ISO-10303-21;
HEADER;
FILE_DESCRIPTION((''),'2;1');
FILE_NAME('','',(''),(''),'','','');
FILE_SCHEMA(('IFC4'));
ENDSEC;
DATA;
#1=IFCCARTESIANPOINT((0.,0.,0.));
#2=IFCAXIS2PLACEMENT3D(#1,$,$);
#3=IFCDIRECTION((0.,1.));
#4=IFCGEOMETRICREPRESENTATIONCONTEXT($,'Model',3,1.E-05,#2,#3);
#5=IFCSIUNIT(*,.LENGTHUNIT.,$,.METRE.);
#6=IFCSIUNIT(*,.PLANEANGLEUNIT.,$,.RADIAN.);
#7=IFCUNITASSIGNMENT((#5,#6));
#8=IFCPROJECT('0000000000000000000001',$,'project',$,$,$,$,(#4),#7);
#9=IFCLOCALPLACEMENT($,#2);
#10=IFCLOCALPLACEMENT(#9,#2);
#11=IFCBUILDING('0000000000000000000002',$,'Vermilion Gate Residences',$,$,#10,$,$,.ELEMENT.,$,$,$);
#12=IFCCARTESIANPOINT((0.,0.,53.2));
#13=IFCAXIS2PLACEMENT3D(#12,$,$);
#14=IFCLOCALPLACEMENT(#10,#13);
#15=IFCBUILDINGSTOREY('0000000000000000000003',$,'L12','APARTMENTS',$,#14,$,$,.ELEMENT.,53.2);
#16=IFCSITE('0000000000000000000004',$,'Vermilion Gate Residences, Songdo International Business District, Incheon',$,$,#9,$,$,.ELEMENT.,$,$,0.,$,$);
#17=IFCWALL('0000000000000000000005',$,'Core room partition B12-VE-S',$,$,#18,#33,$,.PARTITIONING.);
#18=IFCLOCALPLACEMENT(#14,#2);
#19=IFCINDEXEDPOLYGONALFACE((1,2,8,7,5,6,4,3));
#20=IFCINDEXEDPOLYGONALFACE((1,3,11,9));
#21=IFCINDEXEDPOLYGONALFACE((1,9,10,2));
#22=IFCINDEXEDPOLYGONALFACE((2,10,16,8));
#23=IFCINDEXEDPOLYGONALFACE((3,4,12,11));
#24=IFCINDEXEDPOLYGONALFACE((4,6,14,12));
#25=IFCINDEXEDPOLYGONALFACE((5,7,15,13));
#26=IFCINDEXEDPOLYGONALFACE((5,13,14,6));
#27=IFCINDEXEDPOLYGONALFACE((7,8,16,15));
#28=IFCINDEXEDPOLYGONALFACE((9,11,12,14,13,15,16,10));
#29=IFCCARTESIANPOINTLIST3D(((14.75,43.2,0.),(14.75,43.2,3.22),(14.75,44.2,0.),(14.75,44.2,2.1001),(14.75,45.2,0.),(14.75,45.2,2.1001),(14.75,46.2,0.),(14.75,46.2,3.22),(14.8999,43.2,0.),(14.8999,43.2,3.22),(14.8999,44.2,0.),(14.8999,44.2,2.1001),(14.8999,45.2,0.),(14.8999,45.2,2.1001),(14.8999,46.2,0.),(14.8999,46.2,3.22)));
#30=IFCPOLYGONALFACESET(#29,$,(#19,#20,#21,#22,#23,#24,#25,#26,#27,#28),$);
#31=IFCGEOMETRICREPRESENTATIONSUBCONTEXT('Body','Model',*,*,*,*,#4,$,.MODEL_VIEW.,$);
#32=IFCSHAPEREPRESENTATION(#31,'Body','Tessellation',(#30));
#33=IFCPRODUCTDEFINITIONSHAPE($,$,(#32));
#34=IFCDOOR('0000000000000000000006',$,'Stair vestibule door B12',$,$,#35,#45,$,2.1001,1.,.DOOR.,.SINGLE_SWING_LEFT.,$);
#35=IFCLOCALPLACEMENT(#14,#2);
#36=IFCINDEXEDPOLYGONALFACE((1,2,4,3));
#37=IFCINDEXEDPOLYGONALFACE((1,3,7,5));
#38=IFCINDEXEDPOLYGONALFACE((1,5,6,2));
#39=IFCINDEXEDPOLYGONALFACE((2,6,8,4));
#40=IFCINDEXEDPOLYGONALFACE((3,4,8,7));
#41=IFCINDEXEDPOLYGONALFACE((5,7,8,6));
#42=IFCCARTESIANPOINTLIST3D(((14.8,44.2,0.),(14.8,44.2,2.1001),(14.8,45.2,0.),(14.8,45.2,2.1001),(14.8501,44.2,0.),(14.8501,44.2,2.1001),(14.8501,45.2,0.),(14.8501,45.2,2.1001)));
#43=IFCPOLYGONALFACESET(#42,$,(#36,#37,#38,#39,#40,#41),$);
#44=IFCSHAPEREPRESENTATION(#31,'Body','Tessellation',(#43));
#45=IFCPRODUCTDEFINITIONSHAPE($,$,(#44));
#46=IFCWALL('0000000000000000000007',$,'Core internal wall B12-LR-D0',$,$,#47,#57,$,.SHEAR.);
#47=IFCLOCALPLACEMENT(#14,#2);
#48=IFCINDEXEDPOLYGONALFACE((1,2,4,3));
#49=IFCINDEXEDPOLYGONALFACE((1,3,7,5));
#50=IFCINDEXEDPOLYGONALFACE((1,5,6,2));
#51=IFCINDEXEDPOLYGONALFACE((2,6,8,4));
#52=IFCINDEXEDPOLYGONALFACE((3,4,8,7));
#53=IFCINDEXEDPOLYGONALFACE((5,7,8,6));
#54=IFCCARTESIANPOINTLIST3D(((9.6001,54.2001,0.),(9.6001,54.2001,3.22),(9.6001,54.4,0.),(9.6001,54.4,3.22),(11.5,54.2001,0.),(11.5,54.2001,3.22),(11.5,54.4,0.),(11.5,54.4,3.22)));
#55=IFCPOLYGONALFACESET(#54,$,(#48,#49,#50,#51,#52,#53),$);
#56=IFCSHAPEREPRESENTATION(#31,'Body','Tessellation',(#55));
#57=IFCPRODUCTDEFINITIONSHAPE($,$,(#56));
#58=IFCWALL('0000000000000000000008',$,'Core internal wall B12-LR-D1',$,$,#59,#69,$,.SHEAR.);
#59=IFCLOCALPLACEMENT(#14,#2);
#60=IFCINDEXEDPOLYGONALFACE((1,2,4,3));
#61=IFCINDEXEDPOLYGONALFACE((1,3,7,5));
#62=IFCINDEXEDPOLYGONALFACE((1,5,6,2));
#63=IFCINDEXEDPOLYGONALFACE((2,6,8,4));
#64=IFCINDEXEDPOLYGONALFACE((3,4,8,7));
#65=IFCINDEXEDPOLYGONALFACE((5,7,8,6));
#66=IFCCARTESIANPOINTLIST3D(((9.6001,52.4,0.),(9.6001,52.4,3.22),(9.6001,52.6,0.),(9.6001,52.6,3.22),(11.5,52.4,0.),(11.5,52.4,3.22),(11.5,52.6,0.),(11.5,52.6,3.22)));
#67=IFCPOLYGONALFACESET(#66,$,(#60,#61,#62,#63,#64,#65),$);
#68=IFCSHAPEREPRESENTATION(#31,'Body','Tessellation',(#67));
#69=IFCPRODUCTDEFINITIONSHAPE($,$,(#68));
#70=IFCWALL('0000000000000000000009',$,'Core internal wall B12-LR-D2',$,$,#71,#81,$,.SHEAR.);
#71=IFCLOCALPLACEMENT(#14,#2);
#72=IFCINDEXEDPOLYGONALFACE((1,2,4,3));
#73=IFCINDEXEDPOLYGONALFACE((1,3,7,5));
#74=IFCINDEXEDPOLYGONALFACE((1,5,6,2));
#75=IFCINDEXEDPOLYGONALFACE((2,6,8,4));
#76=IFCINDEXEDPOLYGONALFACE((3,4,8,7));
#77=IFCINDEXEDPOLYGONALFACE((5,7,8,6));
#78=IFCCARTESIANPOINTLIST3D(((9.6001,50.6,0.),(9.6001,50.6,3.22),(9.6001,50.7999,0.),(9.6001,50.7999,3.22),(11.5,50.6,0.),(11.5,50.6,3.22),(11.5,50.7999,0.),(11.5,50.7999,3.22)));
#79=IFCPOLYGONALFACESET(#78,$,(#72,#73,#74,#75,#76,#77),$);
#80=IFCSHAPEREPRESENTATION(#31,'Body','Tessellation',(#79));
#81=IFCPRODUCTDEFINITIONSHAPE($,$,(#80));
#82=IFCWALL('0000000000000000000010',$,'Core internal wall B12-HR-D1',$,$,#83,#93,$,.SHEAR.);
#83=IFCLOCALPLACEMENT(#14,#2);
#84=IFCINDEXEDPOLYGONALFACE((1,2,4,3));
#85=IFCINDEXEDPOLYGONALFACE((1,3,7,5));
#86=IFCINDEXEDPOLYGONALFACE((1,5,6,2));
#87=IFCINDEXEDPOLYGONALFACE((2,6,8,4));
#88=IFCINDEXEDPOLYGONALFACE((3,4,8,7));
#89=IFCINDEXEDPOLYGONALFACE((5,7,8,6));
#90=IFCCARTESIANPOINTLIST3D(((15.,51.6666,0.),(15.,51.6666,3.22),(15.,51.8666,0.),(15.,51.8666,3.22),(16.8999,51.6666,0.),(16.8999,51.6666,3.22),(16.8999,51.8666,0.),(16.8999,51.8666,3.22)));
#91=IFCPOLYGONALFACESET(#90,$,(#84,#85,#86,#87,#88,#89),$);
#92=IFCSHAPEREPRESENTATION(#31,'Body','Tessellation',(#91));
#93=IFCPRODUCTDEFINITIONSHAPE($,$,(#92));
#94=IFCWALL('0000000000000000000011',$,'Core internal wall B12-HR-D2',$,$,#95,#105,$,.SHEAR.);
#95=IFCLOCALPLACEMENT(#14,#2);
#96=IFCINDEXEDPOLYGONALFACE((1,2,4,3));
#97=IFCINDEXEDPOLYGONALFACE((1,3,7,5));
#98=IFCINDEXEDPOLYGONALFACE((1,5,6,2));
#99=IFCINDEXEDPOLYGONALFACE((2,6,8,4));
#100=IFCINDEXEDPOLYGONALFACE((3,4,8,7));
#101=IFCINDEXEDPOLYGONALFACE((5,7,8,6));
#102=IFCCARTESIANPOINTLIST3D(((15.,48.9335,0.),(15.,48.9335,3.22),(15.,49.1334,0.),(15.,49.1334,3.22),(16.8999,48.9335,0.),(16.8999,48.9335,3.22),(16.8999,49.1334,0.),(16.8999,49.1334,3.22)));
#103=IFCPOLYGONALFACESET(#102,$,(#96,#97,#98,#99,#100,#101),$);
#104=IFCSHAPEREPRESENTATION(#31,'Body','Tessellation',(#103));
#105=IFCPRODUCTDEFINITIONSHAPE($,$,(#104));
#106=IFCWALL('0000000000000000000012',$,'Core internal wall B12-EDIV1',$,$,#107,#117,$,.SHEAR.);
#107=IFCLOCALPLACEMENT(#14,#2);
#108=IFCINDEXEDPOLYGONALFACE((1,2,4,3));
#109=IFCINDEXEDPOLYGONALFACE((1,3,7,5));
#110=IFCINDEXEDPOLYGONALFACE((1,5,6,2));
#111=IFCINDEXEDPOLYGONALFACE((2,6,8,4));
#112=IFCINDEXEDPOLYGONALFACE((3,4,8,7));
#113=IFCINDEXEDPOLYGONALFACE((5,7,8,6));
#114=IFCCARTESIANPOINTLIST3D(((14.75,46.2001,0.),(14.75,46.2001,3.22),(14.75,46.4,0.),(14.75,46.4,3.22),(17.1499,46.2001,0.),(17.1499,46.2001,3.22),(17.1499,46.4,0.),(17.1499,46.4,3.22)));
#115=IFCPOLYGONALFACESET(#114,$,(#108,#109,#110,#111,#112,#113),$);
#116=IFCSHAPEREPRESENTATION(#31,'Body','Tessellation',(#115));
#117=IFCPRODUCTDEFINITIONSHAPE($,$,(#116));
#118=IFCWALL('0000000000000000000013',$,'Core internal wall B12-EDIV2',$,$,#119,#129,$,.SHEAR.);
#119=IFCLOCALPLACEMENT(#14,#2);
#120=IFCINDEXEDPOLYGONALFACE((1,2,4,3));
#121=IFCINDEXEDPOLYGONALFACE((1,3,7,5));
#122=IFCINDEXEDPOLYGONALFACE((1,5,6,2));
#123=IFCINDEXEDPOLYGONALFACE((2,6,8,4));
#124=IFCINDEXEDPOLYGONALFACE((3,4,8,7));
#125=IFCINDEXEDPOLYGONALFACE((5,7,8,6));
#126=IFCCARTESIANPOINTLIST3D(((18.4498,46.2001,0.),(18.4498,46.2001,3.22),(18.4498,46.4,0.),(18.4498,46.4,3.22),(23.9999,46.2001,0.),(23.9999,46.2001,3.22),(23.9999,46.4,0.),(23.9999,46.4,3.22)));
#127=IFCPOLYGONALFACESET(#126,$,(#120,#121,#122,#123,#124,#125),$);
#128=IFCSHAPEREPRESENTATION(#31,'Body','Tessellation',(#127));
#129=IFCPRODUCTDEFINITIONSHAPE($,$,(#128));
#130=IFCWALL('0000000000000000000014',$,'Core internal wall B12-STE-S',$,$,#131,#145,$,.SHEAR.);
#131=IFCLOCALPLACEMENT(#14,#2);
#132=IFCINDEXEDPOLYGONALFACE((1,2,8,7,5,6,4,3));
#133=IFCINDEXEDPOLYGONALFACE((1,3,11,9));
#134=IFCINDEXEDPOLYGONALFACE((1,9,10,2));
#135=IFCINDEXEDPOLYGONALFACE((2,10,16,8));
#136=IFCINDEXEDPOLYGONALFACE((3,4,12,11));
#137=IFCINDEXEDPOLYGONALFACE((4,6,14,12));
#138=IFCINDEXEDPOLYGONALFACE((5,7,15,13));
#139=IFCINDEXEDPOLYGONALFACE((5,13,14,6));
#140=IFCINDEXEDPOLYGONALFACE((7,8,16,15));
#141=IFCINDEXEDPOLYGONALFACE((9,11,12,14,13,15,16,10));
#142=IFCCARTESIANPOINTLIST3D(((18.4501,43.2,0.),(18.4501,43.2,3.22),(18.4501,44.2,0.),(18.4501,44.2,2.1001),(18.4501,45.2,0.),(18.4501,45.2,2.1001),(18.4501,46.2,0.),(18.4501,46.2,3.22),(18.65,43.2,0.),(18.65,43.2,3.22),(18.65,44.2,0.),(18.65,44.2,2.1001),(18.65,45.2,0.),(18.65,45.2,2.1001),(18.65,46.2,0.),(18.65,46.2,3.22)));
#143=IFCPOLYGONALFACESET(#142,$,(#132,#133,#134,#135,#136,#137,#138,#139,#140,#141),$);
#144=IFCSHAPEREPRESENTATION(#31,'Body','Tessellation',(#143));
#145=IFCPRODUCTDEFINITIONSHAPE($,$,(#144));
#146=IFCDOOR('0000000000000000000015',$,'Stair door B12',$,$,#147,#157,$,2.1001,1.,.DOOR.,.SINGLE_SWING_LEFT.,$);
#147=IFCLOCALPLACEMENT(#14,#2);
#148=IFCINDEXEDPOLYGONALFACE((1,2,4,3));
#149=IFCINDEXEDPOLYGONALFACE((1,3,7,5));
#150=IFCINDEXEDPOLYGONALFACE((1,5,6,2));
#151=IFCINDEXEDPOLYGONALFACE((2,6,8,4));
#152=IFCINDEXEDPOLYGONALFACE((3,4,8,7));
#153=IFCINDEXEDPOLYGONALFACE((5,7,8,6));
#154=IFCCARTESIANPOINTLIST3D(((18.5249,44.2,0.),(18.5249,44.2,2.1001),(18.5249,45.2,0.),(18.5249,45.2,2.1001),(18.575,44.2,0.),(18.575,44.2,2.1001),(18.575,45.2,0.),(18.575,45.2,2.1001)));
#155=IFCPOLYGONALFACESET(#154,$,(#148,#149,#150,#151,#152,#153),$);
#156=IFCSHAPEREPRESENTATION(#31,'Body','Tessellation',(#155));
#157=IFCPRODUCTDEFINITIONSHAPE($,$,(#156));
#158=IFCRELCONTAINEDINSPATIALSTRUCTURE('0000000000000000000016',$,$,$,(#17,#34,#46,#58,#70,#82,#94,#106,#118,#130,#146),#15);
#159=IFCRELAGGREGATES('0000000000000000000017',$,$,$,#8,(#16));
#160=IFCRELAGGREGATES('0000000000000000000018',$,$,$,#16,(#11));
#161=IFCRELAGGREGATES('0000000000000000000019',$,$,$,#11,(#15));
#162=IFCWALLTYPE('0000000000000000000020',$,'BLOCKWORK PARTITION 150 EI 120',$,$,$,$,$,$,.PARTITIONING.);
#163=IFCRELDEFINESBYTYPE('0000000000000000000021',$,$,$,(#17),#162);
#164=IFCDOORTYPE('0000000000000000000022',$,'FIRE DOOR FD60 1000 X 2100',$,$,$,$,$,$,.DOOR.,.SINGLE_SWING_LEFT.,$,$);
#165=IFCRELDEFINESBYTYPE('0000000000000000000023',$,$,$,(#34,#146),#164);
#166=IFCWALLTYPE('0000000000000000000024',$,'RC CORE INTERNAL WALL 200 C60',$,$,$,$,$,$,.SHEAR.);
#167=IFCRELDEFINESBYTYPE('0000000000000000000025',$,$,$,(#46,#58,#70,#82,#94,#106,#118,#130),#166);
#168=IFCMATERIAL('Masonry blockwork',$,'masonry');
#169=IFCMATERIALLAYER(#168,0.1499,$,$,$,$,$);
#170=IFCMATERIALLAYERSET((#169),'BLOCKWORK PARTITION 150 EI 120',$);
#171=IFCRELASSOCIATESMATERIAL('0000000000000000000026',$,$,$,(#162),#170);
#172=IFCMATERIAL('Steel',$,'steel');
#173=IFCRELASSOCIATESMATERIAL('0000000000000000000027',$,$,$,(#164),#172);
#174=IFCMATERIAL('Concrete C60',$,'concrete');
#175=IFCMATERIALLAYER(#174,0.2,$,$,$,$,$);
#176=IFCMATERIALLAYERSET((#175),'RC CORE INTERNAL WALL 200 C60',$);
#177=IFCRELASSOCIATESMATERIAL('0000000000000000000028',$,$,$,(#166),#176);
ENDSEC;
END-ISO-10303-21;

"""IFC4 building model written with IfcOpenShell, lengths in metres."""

from ifc_helpers import new_model, si_unit, direction, frame, frame_2d, origin, place, context, subcontext, project, spatial, rectangle, extrude, material, layer, layer_set, type_object, element, fill, save


model = new_model("IFC4")

# Units and contexts
model_context = context("Model", 3, precision=1e-05, world=origin(), true_north=direction((0.0, 1.0)))
body_context = subcontext(model_context, "Body", "Model", "MODEL_VIEW")
ifc_project = project(units=[si_unit("LENGTHUNIT", "METRE"), si_unit("PLANEANGLEUNIT", "RADIAN")], contexts=[model_context])

# Site, building, storey
site_placement = place(None, origin())
site = spatial("IfcSite", under=ifc_project, at=site_placement, Name="Vermilion Gate Residences, Songdo International Business District, Incheon", CompositionType="ELEMENT", RefElevation=0.0)
building_placement = place(site_placement, origin())
building = spatial("IfcBuilding", under=site, at=building_placement, Name="Vermilion Gate Residences", CompositionType="ELEMENT")
storey_placement = place(building_placement, frame((0.0, 0.0, 53.2)))
storey = spatial("IfcBuildingStorey", under=building, at=storey_placement, Name="L12", Description="APARTMENTS", CompositionType="ELEMENT", Elevation=53.2)

# Wall, opening, door
ifc_material_1 = material(Name="Masonry blockwork", Category="masonry")
ifc_layer_1 = layer(ifc_material_1, 0.1499)
ifc_layer_set_1 = layer_set([ifc_layer_1], Name="BLOCKWORK PARTITION 150 EI 120")
wall_type_1 = type_object("IfcWallType", Name="BLOCKWORK PARTITION 150 EI 120", PredefinedType="PARTITIONING", material=ifc_layer_set_1)
wall_1_placement = place(storey_placement, frame((14.825, 46.2, 0.0), z_axis=(0.0, 0.0, 1.0), x_axis=(0.0, -1.0, 0.0)))
wall_1 = element("IfcWall", 1, at=wall_1_placement, inside=storey, type_object=wall_type_1, Name="Core room partition B12-VE-S", PredefinedType="PARTITIONING", context=body_context, shape_type="SweptSolid", body=[
    extrude(rectangle(XDim=3.0, YDim=0.1499, at=frame_2d((1.5, 0.0))), origin(), (0.0, 0.0, 1.0), 3.22),
])
opening_1_placement = place(wall_1_placement, frame((1.0, 0.0, 0.0)))
opening_1 = element("IfcOpeningElement", 2, at=opening_1_placement, cuts=wall_1, PredefinedType="OPENING", context=body_context, shape_type="SweptSolid", body=[
    extrude(rectangle(XDim=1.0, YDim=2.1001, at=frame_2d((0.5, 1.05))), frame((0.0, 0.085, 0.0), z_axis=(0.0, -1.0, 0.0), x_axis=(1.0, 0.0, 0.0)), (0.0, 0.0, 1.0), 0.1699),
])
ifc_material_2 = material(Name="Steel", Category="steel")
door_type_1 = type_object("IfcDoorType", Name="FIRE DOOR FD60 1000 X 2100", OperationType="SINGLE_SWING_LEFT", PredefinedType="DOOR", material=ifc_material_2)
door_1_placement = place(opening_1_placement, frame((1.0, 0.0, 0.0), z_axis=(0.0, 0.0, 1.0), x_axis=(-1.0, 0.0, 0.0)))
door_1 = element("IfcDoor", 3, at=door_1_placement, inside=storey, type_object=door_type_1, Name="Stair vestibule door B12", OperationType="SINGLE_SWING_LEFT", OverallHeight=2.1001, OverallWidth=1.0, PredefinedType="DOOR", context=body_context, shape_type="SweptSolid", body=[
    extrude(rectangle(XDim=1.0, YDim=2.1001, at=frame_2d((0.5, 1.05))), frame((0.0, 0.0249, 0.0), z_axis=(0.0, -1.0, 0.0), x_axis=(1.0, 0.0, 0.0)), (0.0, 0.0, 1.0), 0.05),
])
fill(opening_1, door_1)

# Walls
ifc_material_3 = material(Name="Concrete C60", Category="concrete")
ifc_layer_2 = layer(ifc_material_3, 0.2)
ifc_layer_set_2 = layer_set([ifc_layer_2], Name="RC CORE INTERNAL WALL 200 C60")
wall_type_2 = type_object("IfcWallType", Name="RC CORE INTERNAL WALL 200 C60", PredefinedType="SHEAR", material=ifc_layer_set_2)
for number, where, z_axis, x_axis, name in (
    (4, (9.6001, 54.3, 0.0), (0.0, 0.0, 1.0), (1.0, 0.0, 0.0), "Core internal wall B12-LR-D0"),
    (5, (9.6001, 52.5, 0.0), (0.0, 0.0, 1.0), (1.0, 0.0, 0.0), "Core internal wall B12-LR-D1"),
    (6, (9.6001, 50.7, 0.0), (0.0, 0.0, 1.0), (1.0, 0.0, 0.0), "Core internal wall B12-LR-D2"),
    (7, (15.0, 51.7666, 0.0), (0.0, 0.0, 1.0), (1.0, 0.0, 0.0), "Core internal wall B12-HR-D1"),
    (8, (15.0, 49.0334, 0.0), (0.0, 0.0, 1.0), (1.0, 0.0, 0.0), "Core internal wall B12-HR-D2"),
):
    element("IfcWall", number, at=place(storey_placement, frame(where, z_axis=z_axis, x_axis=x_axis)), inside=storey, type_object=wall_type_2, Name=name, PredefinedType="SHEAR", context=body_context, shape_type="SweptSolid", body=[
        extrude(rectangle(XDim=1.8999, YDim=0.2, at=frame_2d((0.95, 0.0))), origin(), (0.0, 0.0, 1.0), 3.22),
    ])
wall_2_placement = place(storey_placement, frame((14.75, 46.3, 0.0), z_axis=(0.0, 0.0, 1.0), x_axis=(1.0, 0.0, 0.0)))
element("IfcWall", 9, at=wall_2_placement, inside=storey, type_object=wall_type_2, Name="Core internal wall B12-EDIV1", PredefinedType="SHEAR", context=body_context, shape_type="SweptSolid", body=[
    extrude(rectangle(XDim=2.3999, YDim=0.2, at=frame_2d((1.2, 0.0))), origin(), (0.0, 0.0, 1.0), 3.22),
])
wall_3_placement = place(storey_placement, frame((18.45, 46.3, 0.0), z_axis=(0.0, 0.0, 1.0), x_axis=(1.0, 0.0, 0.0)))
element("IfcWall", 10, at=wall_3_placement, inside=storey, type_object=wall_type_2, Name="Core internal wall B12-EDIV2", PredefinedType="SHEAR", context=body_context, shape_type="SweptSolid", body=[
    extrude(rectangle(XDim=5.55, YDim=0.2, at=frame_2d((2.7749, 0.0))), origin(), (0.0, 0.0, 1.0), 3.22),
])

# Wall, opening, door
wall_4_placement = place(storey_placement, frame((18.55, 46.2, 0.0), z_axis=(0.0, 0.0, 1.0), x_axis=(0.0, -1.0, 0.0)))
wall_4 = element("IfcWall", 11, at=wall_4_placement, inside=storey, type_object=wall_type_2, Name="Core internal wall B12-STE-S", PredefinedType="SHEAR", context=body_context, shape_type="SweptSolid", body=[
    extrude(rectangle(XDim=3.0, YDim=0.2, at=frame_2d((1.5, 0.0))), origin(), (0.0, 0.0, 1.0), 3.22),
])
opening_2_placement = place(wall_4_placement, frame((1.0, 0.0, 0.0)))
opening_2 = element("IfcOpeningElement", 12, at=opening_2_placement, cuts=wall_4, PredefinedType="OPENING", context=body_context, shape_type="SweptSolid", body=[
    extrude(rectangle(XDim=1.0, YDim=2.1001, at=frame_2d((0.5, 1.05))), frame((0.0, 0.1099, 0.0), z_axis=(0.0, -1.0, 0.0), x_axis=(1.0, 0.0, 0.0)), (0.0, 0.0, 1.0), 0.22),
])
door_2_placement = place(opening_2_placement, origin())
door_2 = element("IfcDoor", 13, at=door_2_placement, inside=storey, type_object=door_type_1, Name="Stair door B12", OperationType="SINGLE_SWING_LEFT", OverallHeight=2.1001, OverallWidth=1.0, PredefinedType="DOOR", context=body_context, shape_type="SweptSolid", body=[
    extrude(rectangle(XDim=1.0, YDim=2.1001, at=frame_2d((0.5, 1.05))), frame((0.0, 0.0249, 0.0), z_axis=(0.0, -1.0, 0.0), x_axis=(1.0, 0.0, 0.0)), (0.0, 0.0, 1.0), 0.05),
])
fill(opening_2, door_2)

save(model, "model.ifc")
